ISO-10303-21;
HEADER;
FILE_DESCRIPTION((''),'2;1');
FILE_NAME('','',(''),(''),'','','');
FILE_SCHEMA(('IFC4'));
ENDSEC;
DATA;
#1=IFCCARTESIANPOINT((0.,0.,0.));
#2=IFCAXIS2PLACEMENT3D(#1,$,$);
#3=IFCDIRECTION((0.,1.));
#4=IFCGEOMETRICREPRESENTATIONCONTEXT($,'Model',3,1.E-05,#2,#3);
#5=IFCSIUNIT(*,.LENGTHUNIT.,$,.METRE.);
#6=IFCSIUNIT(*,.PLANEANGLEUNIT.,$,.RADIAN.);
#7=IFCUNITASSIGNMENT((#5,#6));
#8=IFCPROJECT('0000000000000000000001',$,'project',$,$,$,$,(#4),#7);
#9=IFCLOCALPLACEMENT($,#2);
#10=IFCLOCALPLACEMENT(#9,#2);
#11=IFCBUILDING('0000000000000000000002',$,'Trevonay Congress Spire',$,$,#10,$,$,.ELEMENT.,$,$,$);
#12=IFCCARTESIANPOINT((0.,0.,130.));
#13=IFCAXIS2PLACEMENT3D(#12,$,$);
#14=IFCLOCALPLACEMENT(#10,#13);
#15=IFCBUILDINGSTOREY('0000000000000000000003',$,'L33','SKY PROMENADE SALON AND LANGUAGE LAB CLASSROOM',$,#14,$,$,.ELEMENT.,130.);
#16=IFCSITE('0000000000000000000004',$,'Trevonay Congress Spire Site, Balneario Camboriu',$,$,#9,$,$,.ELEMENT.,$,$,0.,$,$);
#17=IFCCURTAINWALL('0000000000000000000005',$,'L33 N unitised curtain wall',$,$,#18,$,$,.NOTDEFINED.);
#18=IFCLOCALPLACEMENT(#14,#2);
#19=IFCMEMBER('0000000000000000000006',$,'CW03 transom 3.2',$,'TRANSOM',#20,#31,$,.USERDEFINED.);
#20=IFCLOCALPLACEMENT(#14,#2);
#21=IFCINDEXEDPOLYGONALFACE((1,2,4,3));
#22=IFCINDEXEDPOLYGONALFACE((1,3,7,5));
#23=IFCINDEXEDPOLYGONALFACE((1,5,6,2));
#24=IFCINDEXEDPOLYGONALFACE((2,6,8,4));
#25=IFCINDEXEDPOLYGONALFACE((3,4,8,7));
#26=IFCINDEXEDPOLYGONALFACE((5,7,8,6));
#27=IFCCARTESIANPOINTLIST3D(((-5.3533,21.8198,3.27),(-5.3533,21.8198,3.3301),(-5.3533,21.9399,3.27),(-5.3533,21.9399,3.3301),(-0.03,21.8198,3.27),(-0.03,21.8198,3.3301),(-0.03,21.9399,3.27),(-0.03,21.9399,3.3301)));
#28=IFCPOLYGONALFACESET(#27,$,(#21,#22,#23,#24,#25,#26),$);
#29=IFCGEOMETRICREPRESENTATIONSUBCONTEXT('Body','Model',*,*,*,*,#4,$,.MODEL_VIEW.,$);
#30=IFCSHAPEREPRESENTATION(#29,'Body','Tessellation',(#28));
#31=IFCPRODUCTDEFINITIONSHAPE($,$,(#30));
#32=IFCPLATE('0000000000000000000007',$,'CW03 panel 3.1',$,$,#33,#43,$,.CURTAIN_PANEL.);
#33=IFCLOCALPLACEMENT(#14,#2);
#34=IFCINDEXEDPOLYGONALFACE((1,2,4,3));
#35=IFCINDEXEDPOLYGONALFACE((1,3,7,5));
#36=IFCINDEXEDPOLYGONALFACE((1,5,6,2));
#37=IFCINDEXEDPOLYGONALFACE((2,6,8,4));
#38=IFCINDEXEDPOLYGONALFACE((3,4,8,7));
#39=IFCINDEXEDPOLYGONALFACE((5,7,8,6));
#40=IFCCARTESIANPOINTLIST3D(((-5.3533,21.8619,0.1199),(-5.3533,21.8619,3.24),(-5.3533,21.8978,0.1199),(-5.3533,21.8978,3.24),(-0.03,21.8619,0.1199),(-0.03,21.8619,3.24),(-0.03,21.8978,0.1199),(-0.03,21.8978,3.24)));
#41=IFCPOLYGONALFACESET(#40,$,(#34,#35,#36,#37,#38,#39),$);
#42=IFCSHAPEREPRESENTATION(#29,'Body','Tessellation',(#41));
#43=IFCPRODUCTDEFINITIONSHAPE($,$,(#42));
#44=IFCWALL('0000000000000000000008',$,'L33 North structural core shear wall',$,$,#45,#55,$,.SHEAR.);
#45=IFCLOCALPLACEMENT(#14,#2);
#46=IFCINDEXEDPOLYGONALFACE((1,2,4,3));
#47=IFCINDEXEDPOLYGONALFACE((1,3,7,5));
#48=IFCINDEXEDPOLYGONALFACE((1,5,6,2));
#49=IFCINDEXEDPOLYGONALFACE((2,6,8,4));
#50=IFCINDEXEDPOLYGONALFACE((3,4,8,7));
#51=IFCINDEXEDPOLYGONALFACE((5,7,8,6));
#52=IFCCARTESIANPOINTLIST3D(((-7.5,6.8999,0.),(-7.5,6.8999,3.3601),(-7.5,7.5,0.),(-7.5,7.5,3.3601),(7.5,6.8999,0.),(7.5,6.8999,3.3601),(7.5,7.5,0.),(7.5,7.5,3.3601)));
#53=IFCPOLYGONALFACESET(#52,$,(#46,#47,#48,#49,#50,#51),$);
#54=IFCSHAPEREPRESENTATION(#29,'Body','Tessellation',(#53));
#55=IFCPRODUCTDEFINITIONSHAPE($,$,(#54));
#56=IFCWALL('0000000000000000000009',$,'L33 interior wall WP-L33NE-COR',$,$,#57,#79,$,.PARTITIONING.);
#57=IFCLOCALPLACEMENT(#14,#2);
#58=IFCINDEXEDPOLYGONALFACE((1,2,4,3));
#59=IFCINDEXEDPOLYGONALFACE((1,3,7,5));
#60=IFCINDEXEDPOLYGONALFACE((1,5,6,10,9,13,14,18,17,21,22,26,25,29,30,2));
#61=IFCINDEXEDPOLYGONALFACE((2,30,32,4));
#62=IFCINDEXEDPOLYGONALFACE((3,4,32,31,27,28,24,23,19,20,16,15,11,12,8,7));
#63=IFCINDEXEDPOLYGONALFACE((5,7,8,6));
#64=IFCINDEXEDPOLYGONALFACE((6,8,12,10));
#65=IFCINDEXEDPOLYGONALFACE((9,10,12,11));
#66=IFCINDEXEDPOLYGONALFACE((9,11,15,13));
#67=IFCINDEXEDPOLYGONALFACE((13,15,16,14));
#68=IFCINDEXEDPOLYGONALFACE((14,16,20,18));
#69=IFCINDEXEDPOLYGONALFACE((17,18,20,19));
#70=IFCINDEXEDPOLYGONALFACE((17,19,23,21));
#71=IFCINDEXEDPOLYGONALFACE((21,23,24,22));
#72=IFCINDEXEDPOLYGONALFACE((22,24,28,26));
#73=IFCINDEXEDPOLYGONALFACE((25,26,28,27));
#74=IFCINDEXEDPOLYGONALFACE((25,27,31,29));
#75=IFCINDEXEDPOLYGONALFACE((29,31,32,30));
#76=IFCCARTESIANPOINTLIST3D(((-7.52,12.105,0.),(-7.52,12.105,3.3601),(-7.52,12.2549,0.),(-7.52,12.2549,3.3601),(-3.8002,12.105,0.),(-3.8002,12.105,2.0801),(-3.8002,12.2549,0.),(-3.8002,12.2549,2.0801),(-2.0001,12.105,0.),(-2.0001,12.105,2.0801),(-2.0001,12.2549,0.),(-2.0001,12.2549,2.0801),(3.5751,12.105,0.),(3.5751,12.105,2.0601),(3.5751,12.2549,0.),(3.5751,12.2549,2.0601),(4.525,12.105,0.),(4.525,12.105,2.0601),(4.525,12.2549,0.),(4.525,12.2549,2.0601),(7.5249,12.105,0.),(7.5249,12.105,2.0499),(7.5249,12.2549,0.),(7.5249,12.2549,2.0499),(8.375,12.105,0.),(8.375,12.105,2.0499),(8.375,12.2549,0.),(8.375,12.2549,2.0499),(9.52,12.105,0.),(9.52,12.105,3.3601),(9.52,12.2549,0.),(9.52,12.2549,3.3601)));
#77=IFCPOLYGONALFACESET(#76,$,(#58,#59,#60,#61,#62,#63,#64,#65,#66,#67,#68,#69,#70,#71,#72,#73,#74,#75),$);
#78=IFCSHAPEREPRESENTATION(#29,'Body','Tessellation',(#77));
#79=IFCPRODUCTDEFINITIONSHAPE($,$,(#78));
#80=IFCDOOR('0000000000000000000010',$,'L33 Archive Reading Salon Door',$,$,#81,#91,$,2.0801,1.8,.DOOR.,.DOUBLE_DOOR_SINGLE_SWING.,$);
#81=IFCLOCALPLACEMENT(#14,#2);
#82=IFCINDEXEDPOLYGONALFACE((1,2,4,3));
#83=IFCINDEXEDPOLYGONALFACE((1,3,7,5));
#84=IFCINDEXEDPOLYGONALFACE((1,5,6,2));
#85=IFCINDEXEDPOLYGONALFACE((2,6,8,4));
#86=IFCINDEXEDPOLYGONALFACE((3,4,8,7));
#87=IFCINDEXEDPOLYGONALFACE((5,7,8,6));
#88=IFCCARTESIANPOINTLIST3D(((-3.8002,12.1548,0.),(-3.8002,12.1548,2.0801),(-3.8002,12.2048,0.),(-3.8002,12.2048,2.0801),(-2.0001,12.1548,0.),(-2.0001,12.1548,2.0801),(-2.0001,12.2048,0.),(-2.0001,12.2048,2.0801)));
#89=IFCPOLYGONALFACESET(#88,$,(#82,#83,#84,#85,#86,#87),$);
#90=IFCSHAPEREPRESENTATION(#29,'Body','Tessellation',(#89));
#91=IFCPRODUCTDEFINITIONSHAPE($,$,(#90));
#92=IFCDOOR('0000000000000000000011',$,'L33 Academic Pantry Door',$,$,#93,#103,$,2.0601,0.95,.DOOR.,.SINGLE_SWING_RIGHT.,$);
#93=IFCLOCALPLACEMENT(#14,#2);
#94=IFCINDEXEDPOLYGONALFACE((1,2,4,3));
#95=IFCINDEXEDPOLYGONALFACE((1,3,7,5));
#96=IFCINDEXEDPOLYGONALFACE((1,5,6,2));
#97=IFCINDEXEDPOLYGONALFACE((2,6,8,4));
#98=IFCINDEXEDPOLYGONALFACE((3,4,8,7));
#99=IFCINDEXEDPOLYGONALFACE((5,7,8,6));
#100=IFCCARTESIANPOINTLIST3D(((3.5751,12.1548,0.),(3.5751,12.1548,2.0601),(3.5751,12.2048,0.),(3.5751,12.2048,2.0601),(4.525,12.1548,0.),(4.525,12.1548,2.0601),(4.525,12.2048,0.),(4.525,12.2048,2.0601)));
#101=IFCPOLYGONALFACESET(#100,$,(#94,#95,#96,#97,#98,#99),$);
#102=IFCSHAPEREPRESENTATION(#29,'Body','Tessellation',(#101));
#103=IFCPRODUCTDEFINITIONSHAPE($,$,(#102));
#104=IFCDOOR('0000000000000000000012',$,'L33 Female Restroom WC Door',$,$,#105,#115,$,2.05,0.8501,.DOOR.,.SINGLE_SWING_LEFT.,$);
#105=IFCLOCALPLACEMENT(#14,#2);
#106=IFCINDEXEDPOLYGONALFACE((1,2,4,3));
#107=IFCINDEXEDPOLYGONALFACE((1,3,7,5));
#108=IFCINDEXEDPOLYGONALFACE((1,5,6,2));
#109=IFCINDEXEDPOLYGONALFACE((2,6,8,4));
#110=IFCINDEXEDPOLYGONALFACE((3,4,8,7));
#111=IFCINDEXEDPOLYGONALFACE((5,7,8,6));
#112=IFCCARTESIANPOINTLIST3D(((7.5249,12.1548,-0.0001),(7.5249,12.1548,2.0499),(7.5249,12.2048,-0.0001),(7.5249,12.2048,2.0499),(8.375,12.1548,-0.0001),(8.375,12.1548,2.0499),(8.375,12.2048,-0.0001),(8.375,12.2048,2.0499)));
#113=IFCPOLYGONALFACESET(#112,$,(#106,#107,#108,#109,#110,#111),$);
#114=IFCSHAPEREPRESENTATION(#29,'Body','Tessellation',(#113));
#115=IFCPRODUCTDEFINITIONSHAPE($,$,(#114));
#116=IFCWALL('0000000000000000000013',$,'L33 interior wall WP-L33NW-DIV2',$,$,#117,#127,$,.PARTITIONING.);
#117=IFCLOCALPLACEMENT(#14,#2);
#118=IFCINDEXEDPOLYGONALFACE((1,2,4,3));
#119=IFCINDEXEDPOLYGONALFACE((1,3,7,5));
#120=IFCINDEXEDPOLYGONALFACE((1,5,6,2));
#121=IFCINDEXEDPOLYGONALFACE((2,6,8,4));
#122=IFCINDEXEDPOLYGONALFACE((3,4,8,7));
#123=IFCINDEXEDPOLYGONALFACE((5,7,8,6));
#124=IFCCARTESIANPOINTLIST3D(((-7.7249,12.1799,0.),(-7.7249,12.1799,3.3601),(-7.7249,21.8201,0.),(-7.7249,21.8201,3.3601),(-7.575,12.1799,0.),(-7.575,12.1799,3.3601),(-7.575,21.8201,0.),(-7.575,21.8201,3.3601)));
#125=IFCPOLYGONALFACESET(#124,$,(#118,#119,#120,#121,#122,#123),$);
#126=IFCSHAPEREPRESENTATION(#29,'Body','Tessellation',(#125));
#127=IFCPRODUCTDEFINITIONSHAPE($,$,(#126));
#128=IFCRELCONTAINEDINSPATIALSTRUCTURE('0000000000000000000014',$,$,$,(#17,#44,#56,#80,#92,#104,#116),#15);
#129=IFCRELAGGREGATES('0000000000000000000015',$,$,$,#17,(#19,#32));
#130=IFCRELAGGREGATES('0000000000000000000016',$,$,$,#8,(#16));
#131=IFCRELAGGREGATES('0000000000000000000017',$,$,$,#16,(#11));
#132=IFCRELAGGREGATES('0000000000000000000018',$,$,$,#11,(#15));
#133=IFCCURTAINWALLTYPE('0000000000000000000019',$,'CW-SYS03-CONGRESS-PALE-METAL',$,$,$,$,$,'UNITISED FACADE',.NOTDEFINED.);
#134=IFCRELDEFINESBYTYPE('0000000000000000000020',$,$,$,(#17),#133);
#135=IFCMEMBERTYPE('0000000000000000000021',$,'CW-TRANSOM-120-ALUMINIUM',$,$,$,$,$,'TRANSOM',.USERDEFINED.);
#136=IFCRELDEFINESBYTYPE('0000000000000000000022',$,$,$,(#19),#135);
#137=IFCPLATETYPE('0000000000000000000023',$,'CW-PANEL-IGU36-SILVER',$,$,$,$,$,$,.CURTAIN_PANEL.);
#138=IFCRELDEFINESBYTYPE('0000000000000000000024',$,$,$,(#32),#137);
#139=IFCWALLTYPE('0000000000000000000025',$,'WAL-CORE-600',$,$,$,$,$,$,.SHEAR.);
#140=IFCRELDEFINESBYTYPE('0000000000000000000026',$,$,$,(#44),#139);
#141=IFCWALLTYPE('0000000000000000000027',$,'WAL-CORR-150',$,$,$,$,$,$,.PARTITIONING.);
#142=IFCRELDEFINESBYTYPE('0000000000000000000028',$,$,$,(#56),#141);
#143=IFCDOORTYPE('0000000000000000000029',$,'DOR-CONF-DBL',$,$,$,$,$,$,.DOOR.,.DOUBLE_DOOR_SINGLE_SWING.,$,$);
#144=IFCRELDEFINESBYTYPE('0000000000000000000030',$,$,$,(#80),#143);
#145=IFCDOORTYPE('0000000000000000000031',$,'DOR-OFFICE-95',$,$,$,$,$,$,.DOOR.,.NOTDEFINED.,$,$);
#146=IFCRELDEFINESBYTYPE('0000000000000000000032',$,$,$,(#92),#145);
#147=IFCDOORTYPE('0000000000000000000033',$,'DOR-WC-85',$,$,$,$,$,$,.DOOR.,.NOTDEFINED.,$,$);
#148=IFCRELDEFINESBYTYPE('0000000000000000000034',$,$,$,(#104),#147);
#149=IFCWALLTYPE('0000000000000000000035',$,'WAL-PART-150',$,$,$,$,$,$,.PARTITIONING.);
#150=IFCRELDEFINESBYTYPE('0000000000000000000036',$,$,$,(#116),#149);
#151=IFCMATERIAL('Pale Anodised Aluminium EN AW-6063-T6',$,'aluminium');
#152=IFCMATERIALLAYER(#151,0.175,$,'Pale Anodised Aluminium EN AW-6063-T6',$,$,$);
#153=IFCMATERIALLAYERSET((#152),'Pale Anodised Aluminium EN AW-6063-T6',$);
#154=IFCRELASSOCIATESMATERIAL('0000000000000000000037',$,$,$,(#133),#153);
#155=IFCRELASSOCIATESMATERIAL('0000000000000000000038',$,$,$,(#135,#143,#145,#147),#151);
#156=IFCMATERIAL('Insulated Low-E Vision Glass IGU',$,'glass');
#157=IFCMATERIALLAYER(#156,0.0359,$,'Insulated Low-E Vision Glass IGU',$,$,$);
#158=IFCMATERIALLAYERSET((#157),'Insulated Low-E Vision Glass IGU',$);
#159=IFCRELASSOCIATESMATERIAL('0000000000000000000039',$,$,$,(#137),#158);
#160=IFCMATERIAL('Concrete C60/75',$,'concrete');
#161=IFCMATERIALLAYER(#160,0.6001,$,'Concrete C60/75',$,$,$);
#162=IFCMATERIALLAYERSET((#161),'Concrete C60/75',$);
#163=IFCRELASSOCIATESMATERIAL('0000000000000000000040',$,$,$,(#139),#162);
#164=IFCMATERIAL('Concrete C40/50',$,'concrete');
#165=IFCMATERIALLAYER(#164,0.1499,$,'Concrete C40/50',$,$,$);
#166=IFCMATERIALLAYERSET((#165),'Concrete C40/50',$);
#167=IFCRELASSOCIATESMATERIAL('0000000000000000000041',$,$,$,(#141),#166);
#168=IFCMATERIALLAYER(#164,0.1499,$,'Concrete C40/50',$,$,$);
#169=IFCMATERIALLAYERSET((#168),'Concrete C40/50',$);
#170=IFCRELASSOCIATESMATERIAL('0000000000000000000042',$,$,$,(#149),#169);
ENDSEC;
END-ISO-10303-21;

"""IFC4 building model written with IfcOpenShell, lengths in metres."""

from ifc_helpers import new_model, si_unit, direction, frame, frame_2d, origin, origin_2d, place, context, subcontext, project, spatial, rectangle, extrude, material, layer, layer_set, material_profile, profile_set, type_object, element, fill, aggregate, save


model = new_model("IFC4")

# Units and contexts
model_context = context("Model", 3, precision=1e-05, world=origin(), true_north=direction((0.0, 1.0)))
body_context = subcontext(model_context, "Body", "Model", "MODEL_VIEW")
ifc_project = project(units=[si_unit("LENGTHUNIT", "METRE"), si_unit("PLANEANGLEUNIT", "RADIAN")], contexts=[model_context])

# Site, building, storey
site_placement = place(None, origin())
site = spatial("IfcSite", under=ifc_project, at=site_placement, Name="Trevonay Congress Spire Site, Balneario Camboriu", CompositionType="ELEMENT", RefElevation=0.0)
building_placement = place(site_placement, origin())
building = spatial("IfcBuilding", under=site, at=building_placement, Name="Trevonay Congress Spire", CompositionType="ELEMENT")
storey_placement = place(building_placement, frame((0.0, 0.0, 130.0)))
storey = spatial("IfcBuildingStorey", under=building, at=storey_placement, Name="L33", Description="SKY PROMENADE SALON AND LANGUAGE LAB CLASSROOM", CompositionType="ELEMENT", Elevation=130.0)

# Curtain wall, member, plate
ifc_material_1 = material(Name="Pale Anodised Aluminium EN AW-6063-T6", Category="aluminium")
ifc_layer_1 = layer(ifc_material_1, 0.175, Name="Pale Anodised Aluminium EN AW-6063-T6")
ifc_layer_set_1 = layer_set([ifc_layer_1], Name="Pale Anodised Aluminium EN AW-6063-T6")
curtain_wall_type = type_object("IfcCurtainWallType", Name="CW-SYS03-CONGRESS-PALE-METAL", ElementType="UNITISED FACADE", PredefinedType="NOTDEFINED", material=ifc_layer_set_1)
curtain_wall_placement = place(storey_placement, origin())
curtain_wall = element("IfcCurtainWall", 1, at=curtain_wall_placement, inside=storey, type_object=curtain_wall_type, Name="L33 N unitised curtain wall", PredefinedType="NOTDEFINED")
ifc_material_profile_1 = material_profile(ifc_material_1, rectangle(XDim=0.1201, YDim=0.0601, at=origin_2d()), Name="CW-TRANSOM-120-ALUMINIUM")
ifc_profile_set_1 = profile_set([ifc_material_profile_1], Name="Pale Anodised Aluminium EN AW-6063-T6")
member_type_1 = type_object("IfcMemberType", Name="CW-TRANSOM-120-ALUMINIUM", ElementType="TRANSOM", PredefinedType="USERDEFINED", material=ifc_profile_set_1)
member_1_placement = place(storey_placement, frame((-5.3533, 21.8799, 3.3), z_axis=(1.0, 0.0, 0.0), x_axis=(0.0, 1.0, 0.0)))
member_1 = element("IfcMember", 2, at=member_1_placement, type_object=member_type_1, Name="CW03 transom 3.2", ObjectType="TRANSOM", PredefinedType="USERDEFINED", context=body_context, shape_type="SweptSolid", body=[
    extrude(rectangle(XDim=0.1201, YDim=0.0601, at=origin_2d()), origin(), (0.0, 0.0, 1.0), 5.3232),
])
ifc_material_2 = material(Name="Insulated Low-E Vision Glass IGU", Category="glass")
ifc_layer_2 = layer(ifc_material_2, 0.0359, Name="Insulated Low-E Vision Glass IGU")
ifc_layer_set_2 = layer_set([ifc_layer_2], Name="Insulated Low-E Vision Glass IGU")
plate_type = type_object("IfcPlateType", Name="CW-PANEL-IGU36-SILVER", PredefinedType="CURTAIN_PANEL", material=ifc_layer_set_2)
plate_placement = place(storey_placement, frame((-2.6917, 21.8799, 0.1199), z_axis=(0.0, 0.0, 1.0), x_axis=(1.0, 0.0, 0.0)))
plate = element("IfcPlate", 3, at=plate_placement, type_object=plate_type, Name="CW03 panel 3.1", PredefinedType="CURTAIN_PANEL", context=body_context, shape_type="SweptSolid", body=[
    extrude(rectangle(XDim=5.3232, YDim=0.0359, at=origin_2d()), origin(), (0.0, 0.0, 1.0), 3.1201),
])
aggregate(curtain_wall, [member_1, plate])

# Wall
ifc_material_3 = material(Name="Concrete C60/75", Category="concrete")
ifc_layer_3 = layer(ifc_material_3, 0.6001, Name="Concrete C60/75")
ifc_layer_set_3 = layer_set([ifc_layer_3], Name="Concrete C60/75")
wall_type_1 = type_object("IfcWallType", Name="WAL-CORE-600", PredefinedType="SHEAR", material=ifc_layer_set_3)
wall_1_placement = place(storey_placement, frame((-7.5, 7.2, 0.0), z_axis=(0.0, 0.0, 1.0), x_axis=(1.0, 0.0, 0.0)))
element("IfcWall", 4, at=wall_1_placement, inside=storey, type_object=wall_type_1, Name="L33 North structural core shear wall", PredefinedType="SHEAR", context=body_context, shape_type="SweptSolid", body=[
    extrude(rectangle(XDim=15.0, YDim=0.6001, at=frame_2d((7.5, 0.0))), origin(), (0.0, 0.0, 1.0), 3.3601),
])

# Wall, openings, doors
ifc_material_4 = material(Name="Concrete C40/50", Category="concrete")
ifc_layer_4 = layer(ifc_material_4, 0.1499, Name="Concrete C40/50")
ifc_layer_set_4 = layer_set([ifc_layer_4], Name="Concrete C40/50")
wall_type_2 = type_object("IfcWallType", Name="WAL-CORR-150", PredefinedType="PARTITIONING", material=ifc_layer_set_4)
wall_2_placement = place(storey_placement, frame((-7.52, 12.1799, 0.0), z_axis=(0.0, 0.0, 1.0), x_axis=(1.0, 0.0, 0.0)))
wall_2 = element("IfcWall", 5, at=wall_2_placement, inside=storey, type_object=wall_type_2, Name="L33 interior wall WP-L33NE-COR", PredefinedType="PARTITIONING", context=body_context, shape_type="SweptSolid", body=[
    extrude(rectangle(XDim=17.04, YDim=0.1499, at=frame_2d((8.52, 0.0))), origin(), (0.0, 0.0, 1.0), 3.3601),
])
opening_1_placement = place(wall_2_placement, frame((3.72, 0.0, 0.0)))
opening_1 = element("IfcOpeningElement", 6, at=opening_1_placement, cuts=wall_2, PredefinedType="OPENING", context=body_context, shape_type="SweptSolid", body=[
    extrude(rectangle(XDim=1.8, YDim=2.0801, at=frame_2d((0.8999, 1.04))), frame((0.0, 0.085, 0.0), z_axis=(0.0, -1.0, 0.0), x_axis=(1.0, 0.0, 0.0)), (0.0, 0.0, 1.0), 0.1699),
])
opening_2_placement = place(wall_2_placement, frame((11.095, 0.0, 0.0)))
opening_2 = element("IfcOpeningElement", 7, at=opening_2_placement, cuts=wall_2, PredefinedType="OPENING", context=body_context, shape_type="SweptSolid", body=[
    extrude(rectangle(XDim=0.95, YDim=2.0601, at=frame_2d((0.4751, 1.03))), frame((0.0, 0.085, 0.0), z_axis=(0.0, -1.0, 0.0), x_axis=(1.0, 0.0, 0.0)), (0.0, 0.0, 1.0), 0.1699),
])
opening_3_placement = place(wall_2_placement, frame((15.0449, 0.0, 0.0)))
opening_3 = element("IfcOpeningElement", 8, at=opening_3_placement, cuts=wall_2, PredefinedType="OPENING", context=body_context, shape_type="SweptSolid", body=[
    extrude(rectangle(XDim=0.8501, YDim=2.05, at=frame_2d((0.425, 1.0249))), frame((0.0, 0.085, 0.0), z_axis=(0.0, -1.0, 0.0), x_axis=(1.0, 0.0, 0.0)), (0.0, 0.0, 1.0), 0.1699),
])
door_type_1 = type_object("IfcDoorType", Name="DOR-CONF-DBL", OperationType="DOUBLE_DOOR_SINGLE_SWING", PredefinedType="DOOR", material=ifc_material_1)
door_1_placement = place(opening_1_placement, origin())
door_1 = element("IfcDoor", 9, at=door_1_placement, inside=storey, type_object=door_type_1, Name="L33 Archive Reading Salon Door", OperationType="DOUBLE_DOOR_SINGLE_SWING", OverallHeight=2.0801, OverallWidth=1.8, PredefinedType="DOOR", context=body_context, shape_type="SweptSolid", body=[
    extrude(rectangle(XDim=1.8, YDim=2.0801, at=frame_2d((0.8999, 1.04))), frame((0.0, 0.0249, 0.0), z_axis=(0.0, -1.0, 0.0), x_axis=(1.0, 0.0, 0.0)), (0.0, 0.0, 1.0), 0.05),
])
fill(opening_1, door_1)
door_type_2 = type_object("IfcDoorType", Name="DOR-OFFICE-95", OperationType="NOTDEFINED", PredefinedType="DOOR", material=ifc_material_1)
door_2_placement = place(opening_2_placement, origin())
door_2 = element("IfcDoor", 10, at=door_2_placement, inside=storey, type_object=door_type_2, Name="L33 Academic Pantry Door", OperationType="SINGLE_SWING_RIGHT", OverallHeight=2.0601, OverallWidth=0.95, PredefinedType="DOOR", context=body_context, shape_type="SweptSolid", body=[
    extrude(rectangle(XDim=0.95, YDim=2.0601, at=frame_2d((0.4751, 1.03))), frame((0.0, 0.0249, 0.0), z_axis=(0.0, -1.0, 0.0), x_axis=(1.0, 0.0, 0.0)), (0.0, 0.0, 1.0), 0.05),
])
fill(opening_2, door_2)
door_type_3 = type_object("IfcDoorType", Name="DOR-WC-85", OperationType="NOTDEFINED", PredefinedType="DOOR", material=ifc_material_1)
door_3_placement = place(opening_3_placement, origin())
door_3 = element("IfcDoor", 11, at=door_3_placement, inside=storey, type_object=door_type_3, Name="L33 Female Restroom WC Door", OperationType="SINGLE_SWING_LEFT", OverallHeight=2.05, OverallWidth=0.8501, PredefinedType="DOOR", context=body_context, shape_type="SweptSolid", body=[
    extrude(rectangle(XDim=0.8501, YDim=2.05, at=frame_2d((0.425, 1.0249))), frame((0.0, 0.0249, 0.0), z_axis=(0.0, -1.0, 0.0), x_axis=(1.0, 0.0, 0.0)), (0.0, 0.0, 1.0), 0.05),
])
fill(opening_3, door_3)

# Wall
ifc_layer_5 = layer(ifc_material_4, 0.1499, Name="Concrete C40/50")
ifc_layer_set_5 = layer_set([ifc_layer_5], Name="Concrete C40/50")
wall_type_3 = type_object("IfcWallType", Name="WAL-PART-150", PredefinedType="PARTITIONING", material=ifc_layer_set_5)
wall_3_placement = place(storey_placement, frame((-7.6499, 12.1799, 0.0), z_axis=(0.0, 0.0, 1.0), x_axis=(0.0, 1.0, 0.0)))
element("IfcWall", 12, at=wall_3_placement, inside=storey, type_object=wall_type_3, Name="L33 interior wall WP-L33NW-DIV2", PredefinedType="PARTITIONING", context=body_context, shape_type="SweptSolid", body=[
    extrude(rectangle(XDim=9.6401, YDim=0.1499, at=frame_2d((4.8201, 0.0))), origin(), (0.0, 0.0, 1.0), 3.3601),
])

save(model, "model.ifc")
